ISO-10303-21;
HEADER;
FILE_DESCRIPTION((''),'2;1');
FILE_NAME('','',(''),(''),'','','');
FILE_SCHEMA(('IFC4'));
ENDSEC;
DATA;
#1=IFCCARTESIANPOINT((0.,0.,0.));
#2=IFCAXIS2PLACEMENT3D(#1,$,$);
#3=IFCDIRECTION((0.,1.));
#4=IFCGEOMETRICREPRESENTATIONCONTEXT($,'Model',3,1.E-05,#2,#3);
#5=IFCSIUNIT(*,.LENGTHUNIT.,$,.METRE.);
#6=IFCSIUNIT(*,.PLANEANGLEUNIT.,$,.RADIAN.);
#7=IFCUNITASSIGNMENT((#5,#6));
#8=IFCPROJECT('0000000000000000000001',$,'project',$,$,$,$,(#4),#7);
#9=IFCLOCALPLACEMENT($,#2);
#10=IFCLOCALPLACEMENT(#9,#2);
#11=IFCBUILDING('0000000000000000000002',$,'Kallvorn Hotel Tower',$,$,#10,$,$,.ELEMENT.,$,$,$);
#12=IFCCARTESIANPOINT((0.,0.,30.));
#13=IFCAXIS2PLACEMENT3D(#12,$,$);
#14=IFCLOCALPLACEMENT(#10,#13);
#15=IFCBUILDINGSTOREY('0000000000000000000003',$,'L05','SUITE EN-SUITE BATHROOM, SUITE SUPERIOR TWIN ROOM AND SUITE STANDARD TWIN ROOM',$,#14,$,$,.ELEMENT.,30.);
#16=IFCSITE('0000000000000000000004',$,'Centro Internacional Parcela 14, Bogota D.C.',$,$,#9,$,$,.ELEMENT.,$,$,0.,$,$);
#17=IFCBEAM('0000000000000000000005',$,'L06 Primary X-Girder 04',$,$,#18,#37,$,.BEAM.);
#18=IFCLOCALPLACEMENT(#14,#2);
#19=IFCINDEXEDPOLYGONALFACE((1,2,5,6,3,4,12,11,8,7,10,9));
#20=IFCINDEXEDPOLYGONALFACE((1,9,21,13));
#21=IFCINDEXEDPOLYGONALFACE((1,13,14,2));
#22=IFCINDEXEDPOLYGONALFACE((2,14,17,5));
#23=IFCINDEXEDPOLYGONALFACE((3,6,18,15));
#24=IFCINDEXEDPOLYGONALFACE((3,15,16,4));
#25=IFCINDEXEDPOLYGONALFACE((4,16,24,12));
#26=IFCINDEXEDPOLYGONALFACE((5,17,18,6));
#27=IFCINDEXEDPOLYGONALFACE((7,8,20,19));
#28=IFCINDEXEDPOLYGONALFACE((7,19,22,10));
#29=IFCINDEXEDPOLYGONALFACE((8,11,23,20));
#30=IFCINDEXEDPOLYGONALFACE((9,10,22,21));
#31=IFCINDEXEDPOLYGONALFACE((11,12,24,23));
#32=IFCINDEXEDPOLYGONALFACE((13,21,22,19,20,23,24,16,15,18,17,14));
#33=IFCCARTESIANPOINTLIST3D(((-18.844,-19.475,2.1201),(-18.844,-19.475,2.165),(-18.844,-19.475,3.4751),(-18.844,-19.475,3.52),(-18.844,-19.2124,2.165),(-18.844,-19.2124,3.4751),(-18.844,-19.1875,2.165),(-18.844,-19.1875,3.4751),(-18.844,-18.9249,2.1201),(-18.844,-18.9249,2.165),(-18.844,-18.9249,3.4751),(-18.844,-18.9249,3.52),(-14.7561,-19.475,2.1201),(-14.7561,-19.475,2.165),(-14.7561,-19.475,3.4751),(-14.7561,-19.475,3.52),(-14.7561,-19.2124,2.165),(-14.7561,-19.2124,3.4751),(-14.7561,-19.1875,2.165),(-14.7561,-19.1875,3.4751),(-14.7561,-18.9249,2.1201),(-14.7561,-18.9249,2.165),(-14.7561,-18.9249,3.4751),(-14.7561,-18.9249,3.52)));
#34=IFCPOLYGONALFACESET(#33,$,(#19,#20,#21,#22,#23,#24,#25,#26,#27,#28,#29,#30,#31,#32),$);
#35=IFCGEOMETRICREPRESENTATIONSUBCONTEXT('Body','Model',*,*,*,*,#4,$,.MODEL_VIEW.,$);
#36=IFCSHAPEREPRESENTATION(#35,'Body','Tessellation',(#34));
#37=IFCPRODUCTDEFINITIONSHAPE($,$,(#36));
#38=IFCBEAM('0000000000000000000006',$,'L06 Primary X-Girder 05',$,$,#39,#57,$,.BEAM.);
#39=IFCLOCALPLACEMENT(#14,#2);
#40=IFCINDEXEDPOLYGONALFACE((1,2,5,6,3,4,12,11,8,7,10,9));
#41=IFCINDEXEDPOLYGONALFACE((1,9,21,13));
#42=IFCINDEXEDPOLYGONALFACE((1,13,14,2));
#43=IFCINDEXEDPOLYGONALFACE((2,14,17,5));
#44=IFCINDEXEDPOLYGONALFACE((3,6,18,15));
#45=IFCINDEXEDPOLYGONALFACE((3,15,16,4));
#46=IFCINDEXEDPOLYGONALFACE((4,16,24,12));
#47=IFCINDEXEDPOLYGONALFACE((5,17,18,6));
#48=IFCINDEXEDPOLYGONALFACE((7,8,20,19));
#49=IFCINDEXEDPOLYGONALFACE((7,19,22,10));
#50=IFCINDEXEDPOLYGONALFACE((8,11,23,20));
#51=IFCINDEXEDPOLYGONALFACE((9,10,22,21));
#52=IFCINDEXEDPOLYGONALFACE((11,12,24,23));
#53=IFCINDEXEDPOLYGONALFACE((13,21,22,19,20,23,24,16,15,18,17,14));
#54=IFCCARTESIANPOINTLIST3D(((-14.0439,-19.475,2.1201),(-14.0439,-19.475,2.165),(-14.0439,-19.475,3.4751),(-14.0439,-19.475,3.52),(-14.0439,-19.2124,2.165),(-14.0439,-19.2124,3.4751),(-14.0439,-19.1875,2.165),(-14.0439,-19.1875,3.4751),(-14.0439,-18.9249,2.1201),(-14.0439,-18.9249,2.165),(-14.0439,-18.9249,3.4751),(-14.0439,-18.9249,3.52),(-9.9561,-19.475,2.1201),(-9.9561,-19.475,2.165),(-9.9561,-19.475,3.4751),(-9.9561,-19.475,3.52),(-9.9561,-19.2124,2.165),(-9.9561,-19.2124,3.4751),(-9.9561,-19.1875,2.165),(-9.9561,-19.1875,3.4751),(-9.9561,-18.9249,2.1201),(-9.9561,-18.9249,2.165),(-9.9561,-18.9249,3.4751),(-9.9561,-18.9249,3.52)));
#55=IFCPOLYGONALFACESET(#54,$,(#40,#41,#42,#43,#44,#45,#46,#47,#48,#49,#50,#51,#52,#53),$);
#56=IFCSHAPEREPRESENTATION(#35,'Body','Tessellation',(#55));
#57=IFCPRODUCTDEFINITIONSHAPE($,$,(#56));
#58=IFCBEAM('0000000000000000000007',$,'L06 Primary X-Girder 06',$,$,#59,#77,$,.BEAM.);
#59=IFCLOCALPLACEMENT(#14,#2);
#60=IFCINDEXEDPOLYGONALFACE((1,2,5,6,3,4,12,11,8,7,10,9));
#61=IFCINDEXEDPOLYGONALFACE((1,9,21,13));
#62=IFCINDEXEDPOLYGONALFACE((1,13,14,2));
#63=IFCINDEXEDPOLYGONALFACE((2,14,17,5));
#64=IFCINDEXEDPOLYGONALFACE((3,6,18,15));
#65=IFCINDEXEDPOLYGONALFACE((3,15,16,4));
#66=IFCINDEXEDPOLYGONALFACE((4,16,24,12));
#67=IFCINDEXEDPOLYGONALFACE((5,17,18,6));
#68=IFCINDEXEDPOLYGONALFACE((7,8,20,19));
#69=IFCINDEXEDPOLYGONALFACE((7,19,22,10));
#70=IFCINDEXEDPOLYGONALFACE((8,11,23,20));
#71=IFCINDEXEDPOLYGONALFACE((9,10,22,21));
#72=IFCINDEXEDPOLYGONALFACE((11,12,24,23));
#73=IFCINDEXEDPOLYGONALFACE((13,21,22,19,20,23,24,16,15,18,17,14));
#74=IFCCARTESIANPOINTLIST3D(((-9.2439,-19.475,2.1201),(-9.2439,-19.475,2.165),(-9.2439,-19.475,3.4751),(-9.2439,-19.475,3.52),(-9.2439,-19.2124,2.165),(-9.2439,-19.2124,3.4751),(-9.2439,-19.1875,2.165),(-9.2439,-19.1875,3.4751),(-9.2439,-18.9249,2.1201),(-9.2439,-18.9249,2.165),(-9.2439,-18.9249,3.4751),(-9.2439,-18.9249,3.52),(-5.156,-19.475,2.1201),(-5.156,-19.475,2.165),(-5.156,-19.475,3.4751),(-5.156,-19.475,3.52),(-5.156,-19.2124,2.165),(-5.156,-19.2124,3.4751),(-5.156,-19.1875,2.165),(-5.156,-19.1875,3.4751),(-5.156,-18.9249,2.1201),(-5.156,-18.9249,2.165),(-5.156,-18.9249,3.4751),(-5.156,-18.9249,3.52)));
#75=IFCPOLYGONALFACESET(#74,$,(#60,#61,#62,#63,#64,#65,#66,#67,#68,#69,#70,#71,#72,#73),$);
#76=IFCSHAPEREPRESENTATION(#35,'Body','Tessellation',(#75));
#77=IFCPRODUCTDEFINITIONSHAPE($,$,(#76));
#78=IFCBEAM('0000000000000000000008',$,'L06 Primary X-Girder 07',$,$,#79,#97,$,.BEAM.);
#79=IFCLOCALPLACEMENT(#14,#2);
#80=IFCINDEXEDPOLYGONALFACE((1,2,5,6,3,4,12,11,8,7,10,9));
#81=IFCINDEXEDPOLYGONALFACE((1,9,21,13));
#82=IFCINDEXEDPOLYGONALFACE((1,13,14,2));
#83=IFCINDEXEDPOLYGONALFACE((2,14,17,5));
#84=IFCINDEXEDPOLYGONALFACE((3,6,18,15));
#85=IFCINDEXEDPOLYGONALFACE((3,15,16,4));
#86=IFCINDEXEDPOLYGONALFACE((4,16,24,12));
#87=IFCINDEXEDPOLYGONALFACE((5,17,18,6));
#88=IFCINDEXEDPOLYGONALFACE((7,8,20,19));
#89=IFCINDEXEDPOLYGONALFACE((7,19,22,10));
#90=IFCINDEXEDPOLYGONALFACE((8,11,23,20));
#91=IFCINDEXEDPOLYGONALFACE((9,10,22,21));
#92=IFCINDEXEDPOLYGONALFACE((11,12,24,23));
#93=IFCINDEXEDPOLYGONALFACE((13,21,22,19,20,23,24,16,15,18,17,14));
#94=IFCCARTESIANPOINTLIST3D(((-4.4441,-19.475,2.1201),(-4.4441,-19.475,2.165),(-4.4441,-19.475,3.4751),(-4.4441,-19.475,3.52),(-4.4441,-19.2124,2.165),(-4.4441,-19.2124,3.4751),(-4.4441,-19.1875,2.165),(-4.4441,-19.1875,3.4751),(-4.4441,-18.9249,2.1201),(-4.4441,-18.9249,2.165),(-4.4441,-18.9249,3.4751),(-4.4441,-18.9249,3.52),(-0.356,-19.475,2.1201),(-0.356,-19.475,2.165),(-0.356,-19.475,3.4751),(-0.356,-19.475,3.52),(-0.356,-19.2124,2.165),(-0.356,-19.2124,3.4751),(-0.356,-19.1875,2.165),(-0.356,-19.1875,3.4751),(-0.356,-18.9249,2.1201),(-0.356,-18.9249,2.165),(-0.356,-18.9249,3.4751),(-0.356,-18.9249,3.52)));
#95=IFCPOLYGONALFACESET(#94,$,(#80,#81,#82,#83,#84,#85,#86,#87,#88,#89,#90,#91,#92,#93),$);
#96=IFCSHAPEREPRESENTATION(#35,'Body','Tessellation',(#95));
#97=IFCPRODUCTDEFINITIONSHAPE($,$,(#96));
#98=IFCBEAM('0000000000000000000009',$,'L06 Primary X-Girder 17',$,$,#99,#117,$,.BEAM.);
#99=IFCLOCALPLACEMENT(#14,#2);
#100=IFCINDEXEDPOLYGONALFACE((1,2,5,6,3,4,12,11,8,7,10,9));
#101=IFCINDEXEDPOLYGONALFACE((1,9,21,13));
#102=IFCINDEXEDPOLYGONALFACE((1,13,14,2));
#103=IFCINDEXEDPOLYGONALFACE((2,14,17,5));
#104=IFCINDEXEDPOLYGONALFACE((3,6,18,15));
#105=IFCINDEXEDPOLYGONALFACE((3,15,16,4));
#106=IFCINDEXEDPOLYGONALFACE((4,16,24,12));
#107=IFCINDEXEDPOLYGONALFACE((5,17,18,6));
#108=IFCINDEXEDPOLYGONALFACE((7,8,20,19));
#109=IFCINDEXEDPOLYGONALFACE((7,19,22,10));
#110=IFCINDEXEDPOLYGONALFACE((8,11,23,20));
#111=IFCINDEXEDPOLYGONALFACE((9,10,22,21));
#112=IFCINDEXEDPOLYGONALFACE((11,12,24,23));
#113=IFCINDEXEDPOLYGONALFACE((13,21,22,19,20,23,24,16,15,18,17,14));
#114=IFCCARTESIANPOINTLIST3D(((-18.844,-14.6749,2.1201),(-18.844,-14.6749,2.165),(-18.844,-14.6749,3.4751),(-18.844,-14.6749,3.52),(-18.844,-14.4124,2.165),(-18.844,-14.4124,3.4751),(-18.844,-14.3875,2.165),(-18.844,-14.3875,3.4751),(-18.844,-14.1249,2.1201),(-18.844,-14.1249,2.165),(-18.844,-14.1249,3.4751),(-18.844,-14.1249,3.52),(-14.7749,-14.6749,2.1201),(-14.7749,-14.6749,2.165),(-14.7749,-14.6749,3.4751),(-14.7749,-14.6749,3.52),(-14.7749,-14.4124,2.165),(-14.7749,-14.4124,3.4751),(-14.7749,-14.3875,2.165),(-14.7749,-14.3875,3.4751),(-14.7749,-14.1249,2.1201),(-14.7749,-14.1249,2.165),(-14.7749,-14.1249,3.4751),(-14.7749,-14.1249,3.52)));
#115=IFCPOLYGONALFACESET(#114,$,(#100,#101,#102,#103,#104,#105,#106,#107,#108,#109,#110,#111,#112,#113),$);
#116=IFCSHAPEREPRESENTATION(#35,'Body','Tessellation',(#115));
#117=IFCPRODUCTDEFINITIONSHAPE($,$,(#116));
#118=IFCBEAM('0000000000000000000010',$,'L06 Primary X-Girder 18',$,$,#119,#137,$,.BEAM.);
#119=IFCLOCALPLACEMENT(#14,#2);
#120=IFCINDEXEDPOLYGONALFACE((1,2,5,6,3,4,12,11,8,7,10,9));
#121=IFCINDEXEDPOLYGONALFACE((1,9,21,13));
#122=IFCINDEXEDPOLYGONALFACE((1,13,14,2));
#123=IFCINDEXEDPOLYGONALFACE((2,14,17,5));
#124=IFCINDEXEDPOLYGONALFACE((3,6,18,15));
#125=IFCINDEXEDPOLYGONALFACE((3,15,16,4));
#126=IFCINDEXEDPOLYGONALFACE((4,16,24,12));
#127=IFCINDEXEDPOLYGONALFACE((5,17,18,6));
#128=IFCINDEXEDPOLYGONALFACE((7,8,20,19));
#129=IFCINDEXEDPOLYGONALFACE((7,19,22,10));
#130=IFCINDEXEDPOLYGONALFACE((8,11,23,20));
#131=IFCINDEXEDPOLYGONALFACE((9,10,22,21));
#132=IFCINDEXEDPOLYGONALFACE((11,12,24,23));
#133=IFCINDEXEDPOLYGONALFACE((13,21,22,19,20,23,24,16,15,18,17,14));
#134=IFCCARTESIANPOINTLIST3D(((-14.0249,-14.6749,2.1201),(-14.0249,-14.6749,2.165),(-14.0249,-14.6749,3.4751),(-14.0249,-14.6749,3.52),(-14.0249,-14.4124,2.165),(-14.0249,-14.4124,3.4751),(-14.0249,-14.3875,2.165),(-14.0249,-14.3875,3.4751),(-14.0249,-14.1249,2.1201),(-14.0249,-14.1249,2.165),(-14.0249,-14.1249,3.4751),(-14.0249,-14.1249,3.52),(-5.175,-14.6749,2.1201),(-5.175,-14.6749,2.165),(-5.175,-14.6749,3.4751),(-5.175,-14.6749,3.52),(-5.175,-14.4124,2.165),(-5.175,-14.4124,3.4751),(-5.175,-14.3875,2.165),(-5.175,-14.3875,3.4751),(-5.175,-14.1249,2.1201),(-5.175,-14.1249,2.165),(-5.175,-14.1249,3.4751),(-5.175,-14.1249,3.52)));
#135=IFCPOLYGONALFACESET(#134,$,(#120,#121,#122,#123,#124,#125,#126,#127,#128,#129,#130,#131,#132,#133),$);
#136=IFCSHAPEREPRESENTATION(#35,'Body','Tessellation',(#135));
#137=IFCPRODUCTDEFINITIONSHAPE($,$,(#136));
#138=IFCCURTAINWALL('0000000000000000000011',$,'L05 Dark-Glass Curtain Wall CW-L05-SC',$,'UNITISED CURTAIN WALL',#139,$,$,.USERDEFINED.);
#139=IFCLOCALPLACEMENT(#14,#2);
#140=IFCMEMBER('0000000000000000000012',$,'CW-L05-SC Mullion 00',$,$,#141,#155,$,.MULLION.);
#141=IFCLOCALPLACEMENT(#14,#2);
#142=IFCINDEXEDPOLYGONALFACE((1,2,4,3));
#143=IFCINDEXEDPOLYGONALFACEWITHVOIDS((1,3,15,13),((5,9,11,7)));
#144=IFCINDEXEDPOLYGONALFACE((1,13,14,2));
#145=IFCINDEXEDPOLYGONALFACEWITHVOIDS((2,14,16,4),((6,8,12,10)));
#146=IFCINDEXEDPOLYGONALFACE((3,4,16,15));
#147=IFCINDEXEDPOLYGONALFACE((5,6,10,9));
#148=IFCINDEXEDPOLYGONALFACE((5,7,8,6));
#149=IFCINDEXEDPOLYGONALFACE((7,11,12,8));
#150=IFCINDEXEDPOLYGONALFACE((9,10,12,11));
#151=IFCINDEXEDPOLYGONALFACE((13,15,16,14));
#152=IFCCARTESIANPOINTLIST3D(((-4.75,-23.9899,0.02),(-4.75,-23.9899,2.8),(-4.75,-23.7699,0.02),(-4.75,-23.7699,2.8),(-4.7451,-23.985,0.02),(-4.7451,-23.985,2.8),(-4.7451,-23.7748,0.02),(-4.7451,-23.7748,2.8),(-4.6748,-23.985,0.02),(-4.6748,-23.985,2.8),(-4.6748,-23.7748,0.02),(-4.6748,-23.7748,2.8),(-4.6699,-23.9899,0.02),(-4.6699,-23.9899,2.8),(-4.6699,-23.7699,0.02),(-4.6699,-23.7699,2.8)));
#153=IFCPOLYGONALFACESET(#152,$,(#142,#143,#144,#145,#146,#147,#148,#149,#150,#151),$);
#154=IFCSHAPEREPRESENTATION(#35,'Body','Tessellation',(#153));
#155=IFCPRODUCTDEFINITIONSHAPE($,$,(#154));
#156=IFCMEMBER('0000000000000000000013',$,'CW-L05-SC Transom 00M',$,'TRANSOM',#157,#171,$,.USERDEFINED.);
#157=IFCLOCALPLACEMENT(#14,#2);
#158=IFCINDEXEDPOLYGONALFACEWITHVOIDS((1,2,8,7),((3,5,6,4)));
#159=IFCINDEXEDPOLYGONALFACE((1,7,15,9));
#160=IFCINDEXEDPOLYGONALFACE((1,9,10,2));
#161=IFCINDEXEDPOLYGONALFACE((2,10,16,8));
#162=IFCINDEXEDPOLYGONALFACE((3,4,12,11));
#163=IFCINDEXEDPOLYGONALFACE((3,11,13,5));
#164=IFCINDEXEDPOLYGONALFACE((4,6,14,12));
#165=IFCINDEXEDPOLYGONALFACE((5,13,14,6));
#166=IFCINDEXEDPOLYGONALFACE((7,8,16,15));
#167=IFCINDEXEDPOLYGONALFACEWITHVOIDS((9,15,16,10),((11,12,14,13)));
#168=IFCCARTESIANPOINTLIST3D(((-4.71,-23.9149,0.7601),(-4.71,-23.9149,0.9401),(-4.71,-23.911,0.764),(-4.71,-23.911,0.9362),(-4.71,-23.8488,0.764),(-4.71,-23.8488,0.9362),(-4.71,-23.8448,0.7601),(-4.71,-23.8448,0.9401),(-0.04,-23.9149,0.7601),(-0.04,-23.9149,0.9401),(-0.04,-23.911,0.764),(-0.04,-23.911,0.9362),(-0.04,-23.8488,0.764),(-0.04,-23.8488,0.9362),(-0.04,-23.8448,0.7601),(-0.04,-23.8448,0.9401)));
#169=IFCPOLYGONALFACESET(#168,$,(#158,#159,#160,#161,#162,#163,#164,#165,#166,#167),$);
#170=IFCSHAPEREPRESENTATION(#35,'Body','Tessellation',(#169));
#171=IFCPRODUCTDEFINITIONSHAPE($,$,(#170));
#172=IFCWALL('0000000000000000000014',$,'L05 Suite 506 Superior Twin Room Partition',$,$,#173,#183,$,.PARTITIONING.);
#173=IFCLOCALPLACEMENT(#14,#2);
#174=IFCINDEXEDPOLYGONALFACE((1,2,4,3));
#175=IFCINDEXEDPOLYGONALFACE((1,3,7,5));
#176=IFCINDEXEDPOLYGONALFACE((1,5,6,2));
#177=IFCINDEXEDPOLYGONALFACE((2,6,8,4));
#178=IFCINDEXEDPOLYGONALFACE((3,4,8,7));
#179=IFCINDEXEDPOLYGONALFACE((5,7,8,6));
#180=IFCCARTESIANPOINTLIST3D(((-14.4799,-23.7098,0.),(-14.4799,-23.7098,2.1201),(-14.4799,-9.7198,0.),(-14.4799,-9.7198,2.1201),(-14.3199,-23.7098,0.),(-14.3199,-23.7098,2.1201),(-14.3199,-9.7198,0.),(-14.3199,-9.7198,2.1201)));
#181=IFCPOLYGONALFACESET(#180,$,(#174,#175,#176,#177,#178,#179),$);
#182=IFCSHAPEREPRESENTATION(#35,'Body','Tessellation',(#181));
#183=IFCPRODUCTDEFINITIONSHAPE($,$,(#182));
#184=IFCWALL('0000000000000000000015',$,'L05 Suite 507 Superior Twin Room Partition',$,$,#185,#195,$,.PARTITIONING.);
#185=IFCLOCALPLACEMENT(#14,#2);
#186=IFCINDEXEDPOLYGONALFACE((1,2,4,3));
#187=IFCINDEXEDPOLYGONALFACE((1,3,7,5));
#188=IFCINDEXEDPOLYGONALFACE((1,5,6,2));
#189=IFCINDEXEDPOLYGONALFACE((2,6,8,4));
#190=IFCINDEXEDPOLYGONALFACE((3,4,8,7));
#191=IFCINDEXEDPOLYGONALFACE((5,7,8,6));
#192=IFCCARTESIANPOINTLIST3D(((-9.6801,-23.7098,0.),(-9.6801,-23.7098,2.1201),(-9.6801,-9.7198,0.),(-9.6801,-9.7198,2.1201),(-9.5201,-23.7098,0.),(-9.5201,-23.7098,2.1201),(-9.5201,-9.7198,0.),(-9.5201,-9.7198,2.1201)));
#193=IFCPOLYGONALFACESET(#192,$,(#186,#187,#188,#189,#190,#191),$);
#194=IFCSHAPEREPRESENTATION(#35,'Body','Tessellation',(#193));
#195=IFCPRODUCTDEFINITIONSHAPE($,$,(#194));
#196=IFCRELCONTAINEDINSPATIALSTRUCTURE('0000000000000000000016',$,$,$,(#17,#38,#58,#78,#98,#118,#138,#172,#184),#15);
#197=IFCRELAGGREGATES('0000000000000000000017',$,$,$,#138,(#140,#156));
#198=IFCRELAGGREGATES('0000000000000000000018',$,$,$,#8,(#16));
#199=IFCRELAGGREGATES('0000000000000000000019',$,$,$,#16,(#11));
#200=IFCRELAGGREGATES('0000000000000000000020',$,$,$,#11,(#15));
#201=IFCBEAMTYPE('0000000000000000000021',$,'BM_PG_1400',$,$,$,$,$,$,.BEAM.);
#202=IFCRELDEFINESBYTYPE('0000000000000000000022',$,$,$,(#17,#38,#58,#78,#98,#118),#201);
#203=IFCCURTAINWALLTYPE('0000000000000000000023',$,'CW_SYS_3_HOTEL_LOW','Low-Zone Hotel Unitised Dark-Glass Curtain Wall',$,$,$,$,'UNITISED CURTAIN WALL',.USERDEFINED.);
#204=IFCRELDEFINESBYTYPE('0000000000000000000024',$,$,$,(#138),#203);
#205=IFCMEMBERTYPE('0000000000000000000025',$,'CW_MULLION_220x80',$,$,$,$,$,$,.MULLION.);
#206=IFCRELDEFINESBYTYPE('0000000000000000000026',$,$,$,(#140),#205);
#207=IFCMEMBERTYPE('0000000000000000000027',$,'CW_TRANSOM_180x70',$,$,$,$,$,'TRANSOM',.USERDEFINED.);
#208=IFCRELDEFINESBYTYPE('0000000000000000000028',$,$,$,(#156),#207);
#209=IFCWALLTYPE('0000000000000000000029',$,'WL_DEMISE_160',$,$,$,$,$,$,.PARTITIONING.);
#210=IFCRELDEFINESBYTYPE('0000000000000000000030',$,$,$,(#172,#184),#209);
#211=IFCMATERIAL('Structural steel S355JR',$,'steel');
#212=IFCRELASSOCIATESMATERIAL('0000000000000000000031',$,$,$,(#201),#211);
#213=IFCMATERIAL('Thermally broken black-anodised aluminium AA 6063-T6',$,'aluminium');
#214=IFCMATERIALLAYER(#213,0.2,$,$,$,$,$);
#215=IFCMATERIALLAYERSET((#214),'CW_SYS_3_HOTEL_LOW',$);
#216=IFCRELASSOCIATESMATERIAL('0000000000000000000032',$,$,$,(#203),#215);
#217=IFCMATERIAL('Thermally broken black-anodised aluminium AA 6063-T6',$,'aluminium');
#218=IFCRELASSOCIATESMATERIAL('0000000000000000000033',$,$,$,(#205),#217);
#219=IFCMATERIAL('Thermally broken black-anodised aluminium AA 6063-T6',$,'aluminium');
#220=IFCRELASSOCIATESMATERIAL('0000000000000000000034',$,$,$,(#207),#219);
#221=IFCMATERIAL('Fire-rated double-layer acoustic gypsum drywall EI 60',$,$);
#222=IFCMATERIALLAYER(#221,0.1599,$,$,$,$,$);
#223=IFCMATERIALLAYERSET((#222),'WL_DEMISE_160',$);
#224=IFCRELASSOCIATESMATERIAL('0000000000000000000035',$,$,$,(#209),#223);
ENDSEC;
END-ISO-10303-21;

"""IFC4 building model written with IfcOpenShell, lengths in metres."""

from ifc_helpers import new_model, si_unit, direction, frame, frame_2d, origin, origin_2d, place, context, subcontext, project, spatial, rectangle, hollow_rectangle, i_section, extrude, material, layer, layer_set, material_profile, profile_set, type_object, element, aggregate, save


model = new_model("IFC4")

# Units and contexts
model_context = context("Model", 3, precision=1e-05, world=origin(), true_north=direction((0.0, 1.0)))
body_context = subcontext(model_context, "Body", "Model", "MODEL_VIEW")
ifc_project = project(units=[si_unit("LENGTHUNIT", "METRE"), si_unit("PLANEANGLEUNIT", "RADIAN")], contexts=[model_context])

# Site, building, storey
site_placement = place(None, origin())
site = spatial("IfcSite", under=ifc_project, at=site_placement, Name="Centro Internacional Parcela 14, Bogota D.C.", CompositionType="ELEMENT", RefElevation=0.0)
building_placement = place(site_placement, origin())
building = spatial("IfcBuilding", under=site, at=building_placement, Name="Kallvorn Hotel Tower", CompositionType="ELEMENT")
storey_placement = place(building_placement, frame((0.0, 0.0, 30.0)))
storey = spatial("IfcBuildingStorey", under=building, at=storey_placement, Name="L05", Description="SUITE EN-SUITE BATHROOM, SUITE SUPERIOR TWIN ROOM AND SUITE STANDARD TWIN ROOM", CompositionType="ELEMENT", Elevation=30.0)

# Beams
ifc_material_1 = material(Name="Structural steel S355JR", Category="steel")
ifc_material_profile_1 = material_profile(ifc_material_1, i_section(OverallWidth=0.55, OverallDepth=1.3999, WebThickness=0.0249, FlangeThickness=0.0449, at=origin_2d()), Name="PG 1400x550x25x45")
ifc_profile_set_1 = profile_set([ifc_material_profile_1], Name="Structural steel S355JR")
beam_type_1 = type_object("IfcBeamType", Name="BM_PG_1400", PredefinedType="BEAM", material=ifc_profile_set_1)
for number, where, z_axis, x_axis, name in (
    (1, (-18.844, -19.2, 2.8201), (1.0, 0.0, 0.0), (0.0, 1.0, 0.0), "L06 Primary X-Girder 04"),
    (2, (-14.0439, -19.2, 2.8201), (1.0, 0.0, 0.0), (0.0, 1.0, 0.0), "L06 Primary X-Girder 05"),
    (3, (-9.2439, -19.2, 2.8201), (1.0, 0.0, 0.0), (0.0, 1.0, 0.0), "L06 Primary X-Girder 06"),
):
    element("IfcBeam", number, at=place(storey_placement, frame(where, z_axis=z_axis, x_axis=x_axis)), inside=storey, type_object=beam_type_1, Name=name, PredefinedType="BEAM", context=body_context, shape_type="SweptSolid", body=[
        extrude(i_section(OverallWidth=0.55, OverallDepth=1.3999, WebThickness=0.0249, FlangeThickness=0.0449, at=origin_2d()), origin(), (0.0, 0.0, 1.0), 4.0879),
    ])
beam_1_placement = place(storey_placement, frame((-4.4441, -19.2, 2.8201), z_axis=(1.0, 0.0, 0.0), x_axis=(0.0, 1.0, 0.0)))
element("IfcBeam", 4, at=beam_1_placement, inside=storey, type_object=beam_type_1, Name="L06 Primary X-Girder 07", PredefinedType="BEAM", context=body_context, shape_type="SweptSolid", body=[
    extrude(i_section(OverallWidth=0.55, OverallDepth=1.3999, WebThickness=0.0249, FlangeThickness=0.0449, at=origin_2d()), origin(), (0.0, 0.0, 1.0), 4.0881),
])
beam_2_placement = place(storey_placement, frame((-18.844, -14.3999, 2.8201), z_axis=(1.0, 0.0, 0.0), x_axis=(0.0, 1.0, 0.0)))
element("IfcBeam", 5, at=beam_2_placement, inside=storey, type_object=beam_type_1, Name="L06 Primary X-Girder 17", PredefinedType="BEAM", context=body_context, shape_type="SweptSolid", body=[
    extrude(i_section(OverallWidth=0.55, OverallDepth=1.3999, WebThickness=0.0249, FlangeThickness=0.0449, at=origin_2d()), origin(), (0.0, 0.0, 1.0), 4.0691),
])
beam_3_placement = place(storey_placement, frame((-14.0249, -14.3999, 2.8201), z_axis=(1.0, 0.0, 0.0), x_axis=(0.0, 1.0, 0.0)))
element("IfcBeam", 6, at=beam_3_placement, inside=storey, type_object=beam_type_1, Name="L06 Primary X-Girder 18", PredefinedType="BEAM", context=body_context, shape_type="SweptSolid", body=[
    extrude(i_section(OverallWidth=0.55, OverallDepth=1.3999, WebThickness=0.0249, FlangeThickness=0.0449, at=origin_2d()), origin(), (0.0, 0.0, 1.0), 8.8499),
])

# Curtain wall, members
ifc_material_2 = material(Name="Thermally broken black-anodised aluminium AA 6063-T6", Category="aluminium")
ifc_layer_1 = layer(ifc_material_2, 0.2)
ifc_layer_set_1 = layer_set([ifc_layer_1], Name="CW_SYS_3_HOTEL_LOW")
curtain_wall_type = type_object("IfcCurtainWallType", Name="CW_SYS_3_HOTEL_LOW", Description="Low-Zone Hotel Unitised Dark-Glass Curtain Wall", ElementType="UNITISED CURTAIN WALL", PredefinedType="USERDEFINED", material=ifc_layer_set_1)
curtain_wall_placement = place(storey_placement, origin())
curtain_wall = element("IfcCurtainWall", 7, at=curtain_wall_placement, inside=storey, type_object=curtain_wall_type, Name="L05 Dark-Glass Curtain Wall CW-L05-SC", ObjectType="UNITISED CURTAIN WALL", PredefinedType="USERDEFINED")
ifc_material_3 = material(Name="Thermally broken black-anodised aluminium AA 6063-T6", Category="aluminium")
ifc_material_profile_2 = material_profile(ifc_material_3, hollow_rectangle(XDim=0.0801, YDim=0.22, WallThickness=0.0049, at=origin_2d()), Name="MUL 220x80")
ifc_profile_set_2 = profile_set([ifc_material_profile_2], Name="Thermally broken black-anodised aluminium AA 6063-T6")
member_type_1 = type_object("IfcMemberType", Name="CW_MULLION_220x80", PredefinedType="MULLION", material=ifc_profile_set_2)
member_1_placement = place(storey_placement, frame((-4.71, -23.8799, 0.02), z_axis=(0.0, 0.0, 1.0), x_axis=(1.0, 0.0, 0.0)))
member_1 = element("IfcMember", 8, at=member_1_placement, type_object=member_type_1, Name="CW-L05-SC Mullion 00", PredefinedType="MULLION", context=body_context, shape_type="SweptSolid", body=[
    extrude(hollow_rectangle(XDim=0.0801, YDim=0.22, WallThickness=0.0049, at=origin_2d()), origin(), (0.0, 0.0, 1.0), 2.78),
])
ifc_material_4 = material(Name="Thermally broken black-anodised aluminium AA 6063-T6", Category="aluminium")
ifc_material_profile_3 = material_profile(ifc_material_4, hollow_rectangle(XDim=0.0701, YDim=0.1799, WallThickness=0.0039, at=origin_2d()), Name="TRN 180x70")
ifc_profile_set_3 = profile_set([ifc_material_profile_3], Name="Thermally broken black-anodised aluminium AA 6063-T6")
member_type_2 = type_object("IfcMemberType", Name="CW_TRANSOM_180x70", ElementType="TRANSOM", PredefinedType="USERDEFINED", material=ifc_profile_set_3)
member_2_placement = place(storey_placement, frame((-4.71, -23.8799, 0.8501), z_axis=(1.0, 0.0, 0.0), x_axis=(0.0, 1.0, 0.0)))
member_2 = element("IfcMember", 9, at=member_2_placement, type_object=member_type_2, Name="CW-L05-SC Transom 00M", ObjectType="TRANSOM", PredefinedType="USERDEFINED", context=body_context, shape_type="SweptSolid", body=[
    extrude(hollow_rectangle(XDim=0.0701, YDim=0.1799, WallThickness=0.0039, at=origin_2d()), origin(), (0.0, 0.0, 1.0), 4.6699),
])
aggregate(curtain_wall, [member_1, member_2])

# Walls
ifc_material_5 = material(Name="Fire-rated double-layer acoustic gypsum drywall EI 60")
ifc_layer_2 = layer(ifc_material_5, 0.1599)
ifc_layer_set_2 = layer_set([ifc_layer_2], Name="WL_DEMISE_160")
wall_type = type_object("IfcWallType", Name="WL_DEMISE_160", PredefinedType="PARTITIONING", material=ifc_layer_set_2)
for number, where, z_axis, x_axis, name in (
    (10, (-14.3999, -23.71, 0.0), (0.0, 0.0, 1.0), (0.0, 1.0, 0.0), "L05 Suite 506 Superior Twin Room Partition"),
    (11, (-9.6001, -23.71, 0.0), (0.0, 0.0, 1.0), (0.0, 1.0, 0.0), "L05 Suite 507 Superior Twin Room Partition"),
):
    element("IfcWall", number, at=place(storey_placement, frame(where, z_axis=z_axis, x_axis=x_axis)), inside=storey, type_object=wall_type, Name=name, PredefinedType="PARTITIONING", context=body_context, shape_type="SweptSolid", body=[
        extrude(rectangle(XDim=13.99, YDim=0.1599, at=frame_2d((6.9951, 0.0))), origin(), (0.0, 0.0, 1.0), 2.1201),
    ])

save(model, "model.ifc")
